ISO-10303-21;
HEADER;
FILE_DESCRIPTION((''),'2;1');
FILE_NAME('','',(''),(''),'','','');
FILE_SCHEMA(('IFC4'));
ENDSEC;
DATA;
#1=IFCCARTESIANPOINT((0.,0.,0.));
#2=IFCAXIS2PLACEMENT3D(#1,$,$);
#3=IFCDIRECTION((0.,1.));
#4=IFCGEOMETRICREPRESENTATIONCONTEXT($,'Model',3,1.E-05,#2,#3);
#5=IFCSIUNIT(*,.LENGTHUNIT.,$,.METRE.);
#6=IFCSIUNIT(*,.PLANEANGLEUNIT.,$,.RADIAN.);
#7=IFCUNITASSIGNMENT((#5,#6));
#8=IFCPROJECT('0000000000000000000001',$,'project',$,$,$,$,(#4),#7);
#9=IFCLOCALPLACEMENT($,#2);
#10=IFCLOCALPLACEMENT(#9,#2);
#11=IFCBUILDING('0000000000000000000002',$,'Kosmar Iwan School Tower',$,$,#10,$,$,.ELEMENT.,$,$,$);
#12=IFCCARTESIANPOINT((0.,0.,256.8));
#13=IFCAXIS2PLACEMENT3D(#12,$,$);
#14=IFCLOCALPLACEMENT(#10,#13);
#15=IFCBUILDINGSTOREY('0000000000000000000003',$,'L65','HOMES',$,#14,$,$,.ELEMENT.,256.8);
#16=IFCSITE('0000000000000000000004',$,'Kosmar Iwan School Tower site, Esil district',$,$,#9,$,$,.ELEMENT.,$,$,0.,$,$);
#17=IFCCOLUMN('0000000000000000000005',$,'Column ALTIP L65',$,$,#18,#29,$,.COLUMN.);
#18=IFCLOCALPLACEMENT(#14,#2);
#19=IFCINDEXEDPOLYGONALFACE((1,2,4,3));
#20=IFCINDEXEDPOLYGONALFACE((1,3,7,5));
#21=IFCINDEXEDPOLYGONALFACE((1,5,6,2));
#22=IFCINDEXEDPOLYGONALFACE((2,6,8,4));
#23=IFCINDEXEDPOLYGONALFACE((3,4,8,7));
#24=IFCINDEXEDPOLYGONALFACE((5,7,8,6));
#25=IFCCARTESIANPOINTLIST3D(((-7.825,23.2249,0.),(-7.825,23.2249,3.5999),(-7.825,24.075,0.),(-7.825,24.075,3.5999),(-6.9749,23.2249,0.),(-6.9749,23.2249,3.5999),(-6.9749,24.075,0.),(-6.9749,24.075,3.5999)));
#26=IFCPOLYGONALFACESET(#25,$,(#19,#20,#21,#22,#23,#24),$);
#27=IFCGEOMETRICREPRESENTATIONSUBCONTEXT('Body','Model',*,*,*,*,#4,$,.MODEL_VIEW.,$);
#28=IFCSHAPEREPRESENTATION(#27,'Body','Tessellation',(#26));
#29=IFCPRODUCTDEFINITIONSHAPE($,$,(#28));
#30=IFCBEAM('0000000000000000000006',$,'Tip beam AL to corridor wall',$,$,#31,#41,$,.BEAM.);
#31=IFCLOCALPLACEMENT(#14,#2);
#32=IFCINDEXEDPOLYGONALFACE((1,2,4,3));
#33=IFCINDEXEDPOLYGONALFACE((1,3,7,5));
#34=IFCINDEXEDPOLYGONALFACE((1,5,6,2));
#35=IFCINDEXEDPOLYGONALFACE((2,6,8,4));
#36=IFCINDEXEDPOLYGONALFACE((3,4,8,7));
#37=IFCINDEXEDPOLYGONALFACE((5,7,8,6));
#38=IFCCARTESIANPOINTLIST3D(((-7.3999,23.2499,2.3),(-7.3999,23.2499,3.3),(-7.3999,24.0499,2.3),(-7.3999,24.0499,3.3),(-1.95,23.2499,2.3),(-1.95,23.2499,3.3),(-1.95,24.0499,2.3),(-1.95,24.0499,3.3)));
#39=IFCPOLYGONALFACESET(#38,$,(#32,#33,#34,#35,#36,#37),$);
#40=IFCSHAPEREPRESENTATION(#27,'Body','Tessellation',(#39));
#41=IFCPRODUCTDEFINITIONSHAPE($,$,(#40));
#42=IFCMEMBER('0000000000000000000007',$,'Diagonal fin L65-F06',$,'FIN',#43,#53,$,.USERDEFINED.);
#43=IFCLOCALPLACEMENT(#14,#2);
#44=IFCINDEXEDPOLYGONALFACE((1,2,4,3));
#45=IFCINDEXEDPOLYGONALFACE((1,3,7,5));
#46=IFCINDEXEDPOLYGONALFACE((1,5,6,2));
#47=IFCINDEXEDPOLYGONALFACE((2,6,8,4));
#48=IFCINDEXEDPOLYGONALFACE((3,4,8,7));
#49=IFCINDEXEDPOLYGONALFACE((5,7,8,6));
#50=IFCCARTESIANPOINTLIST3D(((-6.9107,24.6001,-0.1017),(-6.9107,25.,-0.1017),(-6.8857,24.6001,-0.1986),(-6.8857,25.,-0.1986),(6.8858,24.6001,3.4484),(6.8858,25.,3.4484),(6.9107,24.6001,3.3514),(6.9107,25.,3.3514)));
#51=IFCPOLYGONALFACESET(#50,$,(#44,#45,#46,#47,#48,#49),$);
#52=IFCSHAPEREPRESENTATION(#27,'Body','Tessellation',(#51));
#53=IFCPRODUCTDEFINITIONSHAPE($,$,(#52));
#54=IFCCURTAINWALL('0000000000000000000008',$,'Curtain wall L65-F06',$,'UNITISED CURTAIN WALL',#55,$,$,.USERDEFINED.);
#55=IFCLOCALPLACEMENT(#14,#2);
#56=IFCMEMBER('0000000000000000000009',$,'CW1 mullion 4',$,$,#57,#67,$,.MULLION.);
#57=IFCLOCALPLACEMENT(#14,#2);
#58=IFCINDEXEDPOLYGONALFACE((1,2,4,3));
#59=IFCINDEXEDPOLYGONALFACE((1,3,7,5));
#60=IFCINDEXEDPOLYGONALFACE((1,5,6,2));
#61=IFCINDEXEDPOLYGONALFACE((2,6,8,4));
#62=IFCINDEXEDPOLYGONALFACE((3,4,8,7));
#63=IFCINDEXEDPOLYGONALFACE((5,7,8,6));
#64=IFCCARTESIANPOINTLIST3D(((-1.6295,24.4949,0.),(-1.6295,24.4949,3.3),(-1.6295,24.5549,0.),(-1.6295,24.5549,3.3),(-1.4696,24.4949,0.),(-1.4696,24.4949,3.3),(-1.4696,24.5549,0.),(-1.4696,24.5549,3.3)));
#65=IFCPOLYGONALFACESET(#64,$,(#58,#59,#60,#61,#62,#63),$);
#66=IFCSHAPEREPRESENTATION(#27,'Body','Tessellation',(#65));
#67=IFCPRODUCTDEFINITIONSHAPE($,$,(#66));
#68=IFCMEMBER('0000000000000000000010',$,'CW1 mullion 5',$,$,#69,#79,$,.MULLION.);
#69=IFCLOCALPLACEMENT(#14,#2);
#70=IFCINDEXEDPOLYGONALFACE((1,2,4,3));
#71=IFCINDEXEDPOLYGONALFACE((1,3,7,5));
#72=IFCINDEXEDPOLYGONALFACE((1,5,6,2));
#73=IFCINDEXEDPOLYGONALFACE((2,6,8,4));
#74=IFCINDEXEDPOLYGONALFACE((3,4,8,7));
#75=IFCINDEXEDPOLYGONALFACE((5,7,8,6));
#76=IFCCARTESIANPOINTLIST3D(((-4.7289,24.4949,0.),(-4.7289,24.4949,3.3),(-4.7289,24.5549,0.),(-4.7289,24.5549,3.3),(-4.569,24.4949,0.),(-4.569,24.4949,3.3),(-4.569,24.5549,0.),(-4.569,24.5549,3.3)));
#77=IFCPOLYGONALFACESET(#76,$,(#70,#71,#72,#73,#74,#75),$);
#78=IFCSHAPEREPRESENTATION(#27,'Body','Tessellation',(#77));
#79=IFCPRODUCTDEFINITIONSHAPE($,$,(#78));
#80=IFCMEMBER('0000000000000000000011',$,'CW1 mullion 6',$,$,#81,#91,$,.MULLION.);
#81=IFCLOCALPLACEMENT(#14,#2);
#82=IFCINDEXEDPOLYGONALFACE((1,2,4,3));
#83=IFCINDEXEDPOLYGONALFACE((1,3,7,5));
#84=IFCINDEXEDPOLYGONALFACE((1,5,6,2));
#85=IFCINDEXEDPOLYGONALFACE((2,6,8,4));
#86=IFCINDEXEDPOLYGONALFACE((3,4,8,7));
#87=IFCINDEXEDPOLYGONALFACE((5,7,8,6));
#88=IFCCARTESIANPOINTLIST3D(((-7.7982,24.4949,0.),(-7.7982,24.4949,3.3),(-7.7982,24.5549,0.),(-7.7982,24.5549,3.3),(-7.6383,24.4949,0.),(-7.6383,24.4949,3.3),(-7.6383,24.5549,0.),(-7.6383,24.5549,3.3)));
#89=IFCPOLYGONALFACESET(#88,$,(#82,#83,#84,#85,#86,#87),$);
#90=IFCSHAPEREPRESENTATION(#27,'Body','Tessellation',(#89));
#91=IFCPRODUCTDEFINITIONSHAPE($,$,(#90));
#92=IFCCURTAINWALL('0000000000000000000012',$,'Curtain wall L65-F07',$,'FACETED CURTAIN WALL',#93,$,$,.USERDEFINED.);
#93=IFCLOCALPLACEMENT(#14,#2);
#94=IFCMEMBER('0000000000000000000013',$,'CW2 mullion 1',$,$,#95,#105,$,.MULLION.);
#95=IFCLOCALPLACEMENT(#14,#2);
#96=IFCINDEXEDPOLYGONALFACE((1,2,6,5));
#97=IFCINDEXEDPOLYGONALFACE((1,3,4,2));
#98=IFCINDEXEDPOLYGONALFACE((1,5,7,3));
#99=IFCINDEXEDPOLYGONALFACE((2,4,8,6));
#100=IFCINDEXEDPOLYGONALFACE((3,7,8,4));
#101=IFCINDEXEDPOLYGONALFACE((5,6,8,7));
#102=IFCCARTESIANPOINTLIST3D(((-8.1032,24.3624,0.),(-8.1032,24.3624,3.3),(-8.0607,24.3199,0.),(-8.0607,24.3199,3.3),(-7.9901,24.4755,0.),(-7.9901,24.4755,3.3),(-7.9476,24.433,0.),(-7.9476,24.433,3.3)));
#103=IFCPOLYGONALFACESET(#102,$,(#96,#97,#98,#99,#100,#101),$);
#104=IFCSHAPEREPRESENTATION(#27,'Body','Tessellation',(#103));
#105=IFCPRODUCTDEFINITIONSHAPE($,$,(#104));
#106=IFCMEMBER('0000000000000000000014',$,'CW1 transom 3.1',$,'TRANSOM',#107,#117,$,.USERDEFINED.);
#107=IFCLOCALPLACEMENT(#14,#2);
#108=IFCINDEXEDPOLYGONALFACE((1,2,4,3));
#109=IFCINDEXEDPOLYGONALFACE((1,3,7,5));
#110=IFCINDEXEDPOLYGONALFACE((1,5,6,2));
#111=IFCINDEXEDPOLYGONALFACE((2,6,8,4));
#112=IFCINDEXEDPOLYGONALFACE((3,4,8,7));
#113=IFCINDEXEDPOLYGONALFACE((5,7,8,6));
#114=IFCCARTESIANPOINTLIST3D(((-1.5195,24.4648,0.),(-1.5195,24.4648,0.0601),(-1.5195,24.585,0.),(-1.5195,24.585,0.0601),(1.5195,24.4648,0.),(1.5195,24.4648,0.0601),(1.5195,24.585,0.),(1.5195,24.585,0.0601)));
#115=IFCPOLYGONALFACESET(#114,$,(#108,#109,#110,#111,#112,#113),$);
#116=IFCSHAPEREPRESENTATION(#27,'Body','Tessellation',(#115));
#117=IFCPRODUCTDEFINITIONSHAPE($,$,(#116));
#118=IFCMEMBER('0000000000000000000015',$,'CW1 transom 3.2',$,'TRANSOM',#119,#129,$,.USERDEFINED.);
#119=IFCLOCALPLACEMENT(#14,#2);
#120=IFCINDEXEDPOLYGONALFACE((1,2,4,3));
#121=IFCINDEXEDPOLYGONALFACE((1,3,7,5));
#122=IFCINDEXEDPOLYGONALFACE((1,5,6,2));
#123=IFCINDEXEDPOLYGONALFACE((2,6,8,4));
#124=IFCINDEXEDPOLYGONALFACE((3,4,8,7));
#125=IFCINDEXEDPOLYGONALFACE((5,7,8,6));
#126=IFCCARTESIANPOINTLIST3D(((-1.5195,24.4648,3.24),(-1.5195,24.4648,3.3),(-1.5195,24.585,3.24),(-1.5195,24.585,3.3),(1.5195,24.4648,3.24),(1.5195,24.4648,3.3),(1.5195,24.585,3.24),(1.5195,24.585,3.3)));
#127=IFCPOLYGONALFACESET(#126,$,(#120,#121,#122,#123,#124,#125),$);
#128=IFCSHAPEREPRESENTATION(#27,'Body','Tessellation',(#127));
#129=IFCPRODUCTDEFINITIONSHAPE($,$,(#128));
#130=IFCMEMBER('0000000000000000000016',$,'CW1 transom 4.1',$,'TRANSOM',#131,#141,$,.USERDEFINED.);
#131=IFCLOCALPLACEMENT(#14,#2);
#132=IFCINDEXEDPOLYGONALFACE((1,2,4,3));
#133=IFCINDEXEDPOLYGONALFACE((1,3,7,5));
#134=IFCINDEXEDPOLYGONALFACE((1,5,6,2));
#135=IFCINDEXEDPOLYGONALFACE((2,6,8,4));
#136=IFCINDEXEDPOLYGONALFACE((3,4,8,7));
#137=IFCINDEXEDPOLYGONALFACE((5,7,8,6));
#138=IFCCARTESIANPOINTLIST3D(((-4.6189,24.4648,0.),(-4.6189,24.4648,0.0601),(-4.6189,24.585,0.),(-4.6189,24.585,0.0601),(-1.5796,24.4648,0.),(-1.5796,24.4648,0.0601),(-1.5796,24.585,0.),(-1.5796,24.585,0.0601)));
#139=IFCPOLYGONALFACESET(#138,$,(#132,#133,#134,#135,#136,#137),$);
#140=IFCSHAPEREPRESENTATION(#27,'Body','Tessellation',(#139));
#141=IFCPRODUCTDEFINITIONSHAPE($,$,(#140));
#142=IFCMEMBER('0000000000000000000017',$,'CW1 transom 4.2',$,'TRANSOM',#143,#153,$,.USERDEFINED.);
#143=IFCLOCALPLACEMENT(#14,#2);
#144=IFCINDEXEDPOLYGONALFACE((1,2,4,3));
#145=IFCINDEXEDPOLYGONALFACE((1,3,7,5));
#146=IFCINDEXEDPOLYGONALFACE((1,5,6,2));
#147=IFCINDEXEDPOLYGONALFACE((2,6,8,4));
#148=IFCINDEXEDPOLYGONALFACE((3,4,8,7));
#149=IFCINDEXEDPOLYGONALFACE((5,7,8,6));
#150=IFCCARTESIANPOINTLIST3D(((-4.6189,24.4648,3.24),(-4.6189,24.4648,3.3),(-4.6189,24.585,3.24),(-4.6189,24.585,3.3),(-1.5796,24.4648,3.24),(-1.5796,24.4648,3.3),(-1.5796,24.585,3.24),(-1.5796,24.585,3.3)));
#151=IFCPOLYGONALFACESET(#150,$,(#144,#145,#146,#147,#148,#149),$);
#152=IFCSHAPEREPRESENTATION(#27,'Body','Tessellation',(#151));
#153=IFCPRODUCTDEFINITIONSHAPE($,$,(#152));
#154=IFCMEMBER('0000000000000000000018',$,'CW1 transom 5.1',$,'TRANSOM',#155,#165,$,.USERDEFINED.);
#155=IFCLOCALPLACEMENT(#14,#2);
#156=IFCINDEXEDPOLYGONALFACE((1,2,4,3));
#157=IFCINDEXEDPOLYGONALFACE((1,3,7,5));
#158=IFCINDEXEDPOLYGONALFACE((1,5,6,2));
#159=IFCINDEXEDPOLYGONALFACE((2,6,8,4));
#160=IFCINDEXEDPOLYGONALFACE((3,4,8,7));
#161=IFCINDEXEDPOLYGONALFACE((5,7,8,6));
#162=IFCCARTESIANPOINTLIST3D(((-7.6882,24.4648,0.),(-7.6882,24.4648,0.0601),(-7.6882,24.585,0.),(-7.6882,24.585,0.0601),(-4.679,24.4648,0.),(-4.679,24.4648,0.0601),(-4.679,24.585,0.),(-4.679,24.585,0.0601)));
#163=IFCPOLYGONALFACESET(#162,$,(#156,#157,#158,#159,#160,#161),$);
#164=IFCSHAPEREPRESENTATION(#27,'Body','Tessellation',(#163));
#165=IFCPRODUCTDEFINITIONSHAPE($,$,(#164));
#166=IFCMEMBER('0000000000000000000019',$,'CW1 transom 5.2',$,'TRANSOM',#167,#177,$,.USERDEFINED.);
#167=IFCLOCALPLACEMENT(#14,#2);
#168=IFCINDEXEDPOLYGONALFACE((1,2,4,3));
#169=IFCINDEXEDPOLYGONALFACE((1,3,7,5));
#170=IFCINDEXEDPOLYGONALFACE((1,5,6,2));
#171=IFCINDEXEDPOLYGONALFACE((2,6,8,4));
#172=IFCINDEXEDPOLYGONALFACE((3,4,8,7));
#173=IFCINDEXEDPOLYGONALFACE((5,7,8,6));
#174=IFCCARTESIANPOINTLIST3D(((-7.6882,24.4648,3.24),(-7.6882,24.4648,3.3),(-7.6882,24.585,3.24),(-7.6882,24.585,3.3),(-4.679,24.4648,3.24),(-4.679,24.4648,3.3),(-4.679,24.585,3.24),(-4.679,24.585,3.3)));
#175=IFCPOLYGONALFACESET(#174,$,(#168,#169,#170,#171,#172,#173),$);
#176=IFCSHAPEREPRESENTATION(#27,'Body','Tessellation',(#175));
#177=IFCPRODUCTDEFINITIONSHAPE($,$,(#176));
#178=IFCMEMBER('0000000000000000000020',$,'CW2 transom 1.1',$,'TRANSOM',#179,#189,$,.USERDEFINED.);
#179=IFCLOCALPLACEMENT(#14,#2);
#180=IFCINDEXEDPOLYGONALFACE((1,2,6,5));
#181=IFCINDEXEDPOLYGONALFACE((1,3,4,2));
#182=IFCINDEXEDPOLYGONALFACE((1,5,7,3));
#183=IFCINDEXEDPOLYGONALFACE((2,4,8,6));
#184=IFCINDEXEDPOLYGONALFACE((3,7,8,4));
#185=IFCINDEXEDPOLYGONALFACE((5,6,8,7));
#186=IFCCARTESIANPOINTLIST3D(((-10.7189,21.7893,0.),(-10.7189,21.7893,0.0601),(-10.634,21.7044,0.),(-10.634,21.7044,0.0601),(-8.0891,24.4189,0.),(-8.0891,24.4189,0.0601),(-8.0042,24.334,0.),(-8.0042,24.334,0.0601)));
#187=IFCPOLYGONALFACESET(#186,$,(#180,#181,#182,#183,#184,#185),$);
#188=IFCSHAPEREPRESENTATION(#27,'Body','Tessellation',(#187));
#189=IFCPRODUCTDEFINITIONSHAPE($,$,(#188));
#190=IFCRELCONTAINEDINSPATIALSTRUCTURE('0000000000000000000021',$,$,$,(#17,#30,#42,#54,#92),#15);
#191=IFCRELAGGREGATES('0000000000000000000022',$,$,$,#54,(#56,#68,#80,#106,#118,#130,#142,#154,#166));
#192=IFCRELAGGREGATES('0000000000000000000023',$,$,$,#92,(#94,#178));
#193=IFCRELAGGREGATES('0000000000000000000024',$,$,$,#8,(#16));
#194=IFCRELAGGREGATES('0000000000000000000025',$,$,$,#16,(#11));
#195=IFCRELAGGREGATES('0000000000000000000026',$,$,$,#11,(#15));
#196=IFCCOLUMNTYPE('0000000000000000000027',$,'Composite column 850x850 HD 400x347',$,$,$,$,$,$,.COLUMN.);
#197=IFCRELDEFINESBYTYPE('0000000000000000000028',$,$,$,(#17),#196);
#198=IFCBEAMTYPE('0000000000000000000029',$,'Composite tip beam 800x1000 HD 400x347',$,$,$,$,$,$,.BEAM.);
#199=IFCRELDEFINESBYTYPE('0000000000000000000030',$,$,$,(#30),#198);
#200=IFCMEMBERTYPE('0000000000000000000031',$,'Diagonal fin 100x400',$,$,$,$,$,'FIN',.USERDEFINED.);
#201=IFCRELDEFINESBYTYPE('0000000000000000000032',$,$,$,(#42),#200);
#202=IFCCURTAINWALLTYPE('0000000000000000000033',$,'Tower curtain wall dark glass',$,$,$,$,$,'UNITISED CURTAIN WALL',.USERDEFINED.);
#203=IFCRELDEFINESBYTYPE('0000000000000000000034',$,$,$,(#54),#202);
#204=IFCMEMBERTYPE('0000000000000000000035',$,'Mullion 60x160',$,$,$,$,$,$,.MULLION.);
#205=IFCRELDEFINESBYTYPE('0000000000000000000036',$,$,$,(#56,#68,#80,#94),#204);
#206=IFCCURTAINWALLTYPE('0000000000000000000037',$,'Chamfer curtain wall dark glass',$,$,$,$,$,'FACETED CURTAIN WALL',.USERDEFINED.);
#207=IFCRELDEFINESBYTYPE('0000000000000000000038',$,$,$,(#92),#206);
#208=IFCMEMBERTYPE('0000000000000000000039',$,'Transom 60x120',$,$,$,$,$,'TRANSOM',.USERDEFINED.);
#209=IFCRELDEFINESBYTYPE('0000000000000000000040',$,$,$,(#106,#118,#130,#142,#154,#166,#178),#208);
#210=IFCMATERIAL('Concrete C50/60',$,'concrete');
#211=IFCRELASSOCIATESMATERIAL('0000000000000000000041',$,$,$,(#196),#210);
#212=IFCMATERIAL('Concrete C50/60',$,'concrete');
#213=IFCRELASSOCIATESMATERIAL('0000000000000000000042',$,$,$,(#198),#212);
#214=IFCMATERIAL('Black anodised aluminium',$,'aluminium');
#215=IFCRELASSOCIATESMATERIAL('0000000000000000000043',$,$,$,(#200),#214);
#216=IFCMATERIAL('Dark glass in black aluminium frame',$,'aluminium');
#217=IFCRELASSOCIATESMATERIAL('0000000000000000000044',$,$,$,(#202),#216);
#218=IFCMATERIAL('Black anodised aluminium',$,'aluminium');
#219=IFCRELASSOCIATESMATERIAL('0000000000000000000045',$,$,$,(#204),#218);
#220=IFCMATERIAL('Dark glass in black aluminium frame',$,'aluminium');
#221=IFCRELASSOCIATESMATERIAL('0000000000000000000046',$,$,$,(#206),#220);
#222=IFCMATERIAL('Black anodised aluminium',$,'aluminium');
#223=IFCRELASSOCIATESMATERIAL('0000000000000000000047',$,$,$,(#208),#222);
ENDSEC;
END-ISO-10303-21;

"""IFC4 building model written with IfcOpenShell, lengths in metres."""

from ifc_helpers import new_model, si_unit, direction, frame, origin, origin_2d, place, context, subcontext, project, spatial, rectangle, extrude, material, material_profile, profile_set, type_object, element, aggregate, save


model = new_model("IFC4")

# Units and contexts
model_context = context("Model", 3, precision=1e-05, world=origin(), true_north=direction((0.0, 1.0)))
body_context = subcontext(model_context, "Body", "Model", "MODEL_VIEW")
ifc_project = project(units=[si_unit("LENGTHUNIT", "METRE"), si_unit("PLANEANGLEUNIT", "RADIAN")], contexts=[model_context])

# Site, building, storey
site_placement = place(None, origin())
site = spatial("IfcSite", under=ifc_project, at=site_placement, Name="Kosmar Iwan School Tower site, Esil district", CompositionType="ELEMENT", RefElevation=0.0)
building_placement = place(site_placement, origin())
building = spatial("IfcBuilding", under=site, at=building_placement, Name="Kosmar Iwan School Tower", CompositionType="ELEMENT")
storey_placement = place(building_placement, frame((0.0, 0.0, 256.8)))
storey = spatial("IfcBuildingStorey", under=building, at=storey_placement, Name="L65", Description="HOMES", CompositionType="ELEMENT", Elevation=256.8)

# Column
ifc_material_1 = material(Name="Concrete C50/60", Category="concrete")
ifc_material_profile_1 = material_profile(ifc_material_1, rectangle(XDim=0.8501, YDim=0.8501, at=origin_2d()), Name="RC 850x850 + HD 400x347")
ifc_profile_set_1 = profile_set([ifc_material_profile_1], Name="Concrete C50/60")
column_type = type_object("IfcColumnType", Name="Composite column 850x850 HD 400x347", PredefinedType="COLUMN", material=ifc_profile_set_1)
column_placement = place(storey_placement, frame((-7.3999, 23.6499, 0.0), z_axis=(0.0, 0.0, 1.0), x_axis=(0.0, 1.0, 0.0)))
element("IfcColumn", 1, at=column_placement, inside=storey, type_object=column_type, Name="Column ALTIP L65", PredefinedType="COLUMN", context=body_context, shape_type="SweptSolid", body=[
    extrude(rectangle(XDim=0.8501, YDim=0.8501, at=origin_2d()), origin(), (0.0, 0.0, 1.0), 3.5999),
])

# Beam
ifc_material_2 = material(Name="Concrete C50/60", Category="concrete")
ifc_material_profile_2 = material_profile(ifc_material_2, rectangle(XDim=0.8, YDim=1.0, at=origin_2d()), Name="RC 800x1000 + HD 400x347")
ifc_profile_set_2 = profile_set([ifc_material_profile_2], Name="Concrete C50/60")
beam_type = type_object("IfcBeamType", Name="Composite tip beam 800x1000 HD 400x347", PredefinedType="BEAM", material=ifc_profile_set_2)
beam_placement = place(storey_placement, frame((-7.3999, 23.6499, 2.8), z_axis=(1.0, 0.0, 0.0), x_axis=(0.0, 1.0, 0.0)))
element("IfcBeam", 2, at=beam_placement, inside=storey, type_object=beam_type, Name="Tip beam AL to corridor wall", PredefinedType="BEAM", context=body_context, shape_type="SweptSolid", body=[
    extrude(rectangle(XDim=0.8, YDim=1.0, at=origin_2d()), origin(), (0.0, 0.0, 1.0), 5.45),
])

# Member
ifc_material_3 = material(Name="Black anodised aluminium", Category="aluminium")
ifc_material_profile_3 = material_profile(ifc_material_3, rectangle(XDim=0.1001, YDim=0.3999, at=origin_2d()), Name="FIN 100x400")
ifc_profile_set_3 = profile_set([ifc_material_profile_3], Name="Black anodised aluminium")
member_type_1 = type_object("IfcMemberType", Name="Diagonal fin 100x400", ElementType="FIN", PredefinedType="USERDEFINED", material=ifc_profile_set_3)
member_1_placement = place(storey_placement, frame((-6.8982, 24.8, -0.1501), z_axis=(0.968452, 0.0, 0.249199), x_axis=(-0.249199, 0.0, 0.968452)))
element("IfcMember", 3, at=member_1_placement, inside=storey, type_object=member_type_1, Name="Diagonal fin L65-F06", ObjectType="FIN", PredefinedType="USERDEFINED", context=body_context, shape_type="SweptSolid", body=[
    extrude(rectangle(XDim=0.1001, YDim=0.3999, at=origin_2d()), origin(), (0.0, 0.0, 1.0), 14.2458),
])

# Curtain wall, members
ifc_material_4 = material(Name="Dark glass in black aluminium frame", Category="aluminium")
curtain_wall_type_1 = type_object("IfcCurtainWallType", Name="Tower curtain wall dark glass", ElementType="UNITISED CURTAIN WALL", PredefinedType="USERDEFINED", material=ifc_material_4)
curtain_wall_1_placement = place(storey_placement, origin())
curtain_wall_1 = element("IfcCurtainWall", 4, at=curtain_wall_1_placement, inside=storey, type_object=curtain_wall_type_1, Name="Curtain wall L65-F06", ObjectType="UNITISED CURTAIN WALL", PredefinedType="USERDEFINED")
ifc_material_5 = material(Name="Black anodised aluminium", Category="aluminium")
ifc_material_profile_4 = material_profile(ifc_material_5, rectangle(XDim=0.0601, YDim=0.1599, at=origin_2d()), Name="MULLION 60x160")
ifc_profile_set_4 = profile_set([ifc_material_profile_4], Name="Black anodised aluminium")
member_type_2 = type_object("IfcMemberType", Name="Mullion 60x160", PredefinedType="MULLION", material=ifc_profile_set_4)
member_2_placement = place(storey_placement, frame((-1.5496, 24.5249, 0.0), z_axis=(0.0, 0.0, 1.0), x_axis=(0.0, -1.0, 0.0)))
member_2 = element("IfcMember", 5, at=member_2_placement, type_object=member_type_2, Name="CW1 mullion 4", PredefinedType="MULLION", context=body_context, shape_type="SweptSolid", body=[
    extrude(rectangle(XDim=0.0601, YDim=0.1599, at=origin_2d()), origin(), (0.0, 0.0, 1.0), 3.3),
])
member_3_placement = place(storey_placement, frame((-4.6489, 24.5249, 0.0), z_axis=(0.0, 0.0, 1.0), x_axis=(0.0, -1.0, 0.0)))
member_3 = element("IfcMember", 6, at=member_3_placement, type_object=member_type_2, Name="CW1 mullion 5", PredefinedType="MULLION", context=body_context, shape_type="SweptSolid", body=[
    extrude(rectangle(XDim=0.0601, YDim=0.1599, at=origin_2d()), origin(), (0.0, 0.0, 1.0), 3.3),
])
member_4_placement = place(storey_placement, frame((-7.7183, 24.5249, 0.0), z_axis=(0.0, 0.0, 1.0), x_axis=(0.0, -1.0, 0.0)))
member_4 = element("IfcMember", 7, at=member_4_placement, type_object=member_type_2, Name="CW1 mullion 6", PredefinedType="MULLION", context=body_context, shape_type="SweptSolid", body=[
    extrude(rectangle(XDim=0.0601, YDim=0.1599, at=origin_2d()), origin(), (0.0, 0.0, 1.0), 3.3),
])

# Curtain wall, member
ifc_material_6 = material(Name="Dark glass in black aluminium frame", Category="aluminium")
curtain_wall_type_2 = type_object("IfcCurtainWallType", Name="Chamfer curtain wall dark glass", ElementType="FACETED CURTAIN WALL", PredefinedType="USERDEFINED", material=ifc_material_6)
curtain_wall_2_placement = place(storey_placement, origin())
curtain_wall_2 = element("IfcCurtainWall", 8, at=curtain_wall_2_placement, inside=storey, type_object=curtain_wall_type_2, Name="Curtain wall L65-F07", ObjectType="FACETED CURTAIN WALL", PredefinedType="USERDEFINED")
member_5_placement = place(storey_placement, frame((-8.0254, 24.3977, 0.0), z_axis=(0.0, 0.0, 1.0), x_axis=(0.707107, -0.707107, 0.0)))
member_5 = element("IfcMember", 9, at=member_5_placement, type_object=member_type_2, Name="CW2 mullion 1", PredefinedType="MULLION", context=body_context, shape_type="SweptSolid", body=[
    extrude(rectangle(XDim=0.0601, YDim=0.1599, at=origin_2d()), origin(), (0.0, 0.0, 1.0), 3.3),
])

# Members
ifc_material_7 = material(Name="Black anodised aluminium", Category="aluminium")
ifc_material_profile_5 = material_profile(ifc_material_7, rectangle(XDim=0.1201, YDim=0.0601, at=origin_2d()), Name="TRANSOM 60x120")
ifc_profile_set_5 = profile_set([ifc_material_profile_5], Name="Black anodised aluminium")
member_type_3 = type_object("IfcMemberType", Name="Transom 60x120", ElementType="TRANSOM", PredefinedType="USERDEFINED", material=ifc_profile_set_5)
member_6_placement = place(storey_placement, frame((1.5195, 24.5249, 0.03), z_axis=(-1.0, 0.0, 0.0), x_axis=(0.0, -1.0, 0.0)))
member_6 = element("IfcMember", 10, at=member_6_placement, type_object=member_type_3, Name="CW1 transom 3.1", ObjectType="TRANSOM", PredefinedType="USERDEFINED", context=body_context, shape_type="SweptSolid", body=[
    extrude(rectangle(XDim=0.1201, YDim=0.0601, at=origin_2d()), origin(), (0.0, 0.0, 1.0), 3.0391),
])
member_7_placement = place(storey_placement, frame((1.5195, 24.5249, 3.27), z_axis=(-1.0, 0.0, 0.0), x_axis=(0.0, -1.0, 0.0)))
member_7 = element("IfcMember", 11, at=member_7_placement, type_object=member_type_3, Name="CW1 transom 3.2", ObjectType="TRANSOM", PredefinedType="USERDEFINED", context=body_context, shape_type="SweptSolid", body=[
    extrude(rectangle(XDim=0.1201, YDim=0.0601, at=origin_2d()), origin(), (0.0, 0.0, 1.0), 3.0391),
])
member_8_placement = place(storey_placement, frame((-1.5796, 24.5249, 0.03), z_axis=(-1.0, 0.0, 0.0), x_axis=(0.0, -1.0, 0.0)))
member_8 = element("IfcMember", 12, at=member_8_placement, type_object=member_type_3, Name="CW1 transom 4.1", ObjectType="TRANSOM", PredefinedType="USERDEFINED", context=body_context, shape_type="SweptSolid", body=[
    extrude(rectangle(XDim=0.1201, YDim=0.0601, at=origin_2d()), origin(), (0.0, 0.0, 1.0), 3.0393),
])
member_9_placement = place(storey_placement, frame((-1.5796, 24.5249, 3.27), z_axis=(-1.0, 0.0, 0.0), x_axis=(0.0, -1.0, 0.0)))
member_9 = element("IfcMember", 13, at=member_9_placement, type_object=member_type_3, Name="CW1 transom 4.2", ObjectType="TRANSOM", PredefinedType="USERDEFINED", context=body_context, shape_type="SweptSolid", body=[
    extrude(rectangle(XDim=0.1201, YDim=0.0601, at=origin_2d()), origin(), (0.0, 0.0, 1.0), 3.0393),
])
member_10_placement = place(storey_placement, frame((-4.679, 24.5249, 0.03), z_axis=(-1.0, 0.0, 0.0), x_axis=(0.0, -1.0, 0.0)))
member_10 = element("IfcMember", 14, at=member_10_placement, type_object=member_type_3, Name="CW1 transom 5.1", ObjectType="TRANSOM", PredefinedType="USERDEFINED", context=body_context, shape_type="SweptSolid", body=[
    extrude(rectangle(XDim=0.1201, YDim=0.0601, at=origin_2d()), origin(), (0.0, 0.0, 1.0), 3.0093),
])
member_11_placement = place(storey_placement, frame((-4.679, 24.5249, 3.27), z_axis=(-1.0, 0.0, 0.0), x_axis=(0.0, -1.0, 0.0)))
member_11 = element("IfcMember", 15, at=member_11_placement, type_object=member_type_3, Name="CW1 transom 5.2", ObjectType="TRANSOM", PredefinedType="USERDEFINED", context=body_context, shape_type="SweptSolid", body=[
    extrude(rectangle(XDim=0.1201, YDim=0.0601, at=origin_2d()), origin(), (0.0, 0.0, 1.0), 3.0093),
])
member_12_placement = place(storey_placement, frame((-8.0466, 24.3765, 0.03), z_axis=(-0.70714, -0.707074, 0.0), x_axis=(0.707074, -0.70714, 0.0)))
member_12 = element("IfcMember", 16, at=member_12_placement, type_object=member_type_3, Name="CW2 transom 1.1", ObjectType="TRANSOM", PredefinedType="USERDEFINED", context=body_context, shape_type="SweptSolid", body=[
    extrude(rectangle(XDim=0.1201, YDim=0.0601, at=origin_2d()), origin(), (0.0, 0.0, 1.0), 3.719),
])

aggregate(curtain_wall_1, [member_2, member_3, member_4, member_6, member_7, member_8, member_9, member_10, member_11])
aggregate(curtain_wall_2, [member_5, member_12])

save(model, "model.ifc")
